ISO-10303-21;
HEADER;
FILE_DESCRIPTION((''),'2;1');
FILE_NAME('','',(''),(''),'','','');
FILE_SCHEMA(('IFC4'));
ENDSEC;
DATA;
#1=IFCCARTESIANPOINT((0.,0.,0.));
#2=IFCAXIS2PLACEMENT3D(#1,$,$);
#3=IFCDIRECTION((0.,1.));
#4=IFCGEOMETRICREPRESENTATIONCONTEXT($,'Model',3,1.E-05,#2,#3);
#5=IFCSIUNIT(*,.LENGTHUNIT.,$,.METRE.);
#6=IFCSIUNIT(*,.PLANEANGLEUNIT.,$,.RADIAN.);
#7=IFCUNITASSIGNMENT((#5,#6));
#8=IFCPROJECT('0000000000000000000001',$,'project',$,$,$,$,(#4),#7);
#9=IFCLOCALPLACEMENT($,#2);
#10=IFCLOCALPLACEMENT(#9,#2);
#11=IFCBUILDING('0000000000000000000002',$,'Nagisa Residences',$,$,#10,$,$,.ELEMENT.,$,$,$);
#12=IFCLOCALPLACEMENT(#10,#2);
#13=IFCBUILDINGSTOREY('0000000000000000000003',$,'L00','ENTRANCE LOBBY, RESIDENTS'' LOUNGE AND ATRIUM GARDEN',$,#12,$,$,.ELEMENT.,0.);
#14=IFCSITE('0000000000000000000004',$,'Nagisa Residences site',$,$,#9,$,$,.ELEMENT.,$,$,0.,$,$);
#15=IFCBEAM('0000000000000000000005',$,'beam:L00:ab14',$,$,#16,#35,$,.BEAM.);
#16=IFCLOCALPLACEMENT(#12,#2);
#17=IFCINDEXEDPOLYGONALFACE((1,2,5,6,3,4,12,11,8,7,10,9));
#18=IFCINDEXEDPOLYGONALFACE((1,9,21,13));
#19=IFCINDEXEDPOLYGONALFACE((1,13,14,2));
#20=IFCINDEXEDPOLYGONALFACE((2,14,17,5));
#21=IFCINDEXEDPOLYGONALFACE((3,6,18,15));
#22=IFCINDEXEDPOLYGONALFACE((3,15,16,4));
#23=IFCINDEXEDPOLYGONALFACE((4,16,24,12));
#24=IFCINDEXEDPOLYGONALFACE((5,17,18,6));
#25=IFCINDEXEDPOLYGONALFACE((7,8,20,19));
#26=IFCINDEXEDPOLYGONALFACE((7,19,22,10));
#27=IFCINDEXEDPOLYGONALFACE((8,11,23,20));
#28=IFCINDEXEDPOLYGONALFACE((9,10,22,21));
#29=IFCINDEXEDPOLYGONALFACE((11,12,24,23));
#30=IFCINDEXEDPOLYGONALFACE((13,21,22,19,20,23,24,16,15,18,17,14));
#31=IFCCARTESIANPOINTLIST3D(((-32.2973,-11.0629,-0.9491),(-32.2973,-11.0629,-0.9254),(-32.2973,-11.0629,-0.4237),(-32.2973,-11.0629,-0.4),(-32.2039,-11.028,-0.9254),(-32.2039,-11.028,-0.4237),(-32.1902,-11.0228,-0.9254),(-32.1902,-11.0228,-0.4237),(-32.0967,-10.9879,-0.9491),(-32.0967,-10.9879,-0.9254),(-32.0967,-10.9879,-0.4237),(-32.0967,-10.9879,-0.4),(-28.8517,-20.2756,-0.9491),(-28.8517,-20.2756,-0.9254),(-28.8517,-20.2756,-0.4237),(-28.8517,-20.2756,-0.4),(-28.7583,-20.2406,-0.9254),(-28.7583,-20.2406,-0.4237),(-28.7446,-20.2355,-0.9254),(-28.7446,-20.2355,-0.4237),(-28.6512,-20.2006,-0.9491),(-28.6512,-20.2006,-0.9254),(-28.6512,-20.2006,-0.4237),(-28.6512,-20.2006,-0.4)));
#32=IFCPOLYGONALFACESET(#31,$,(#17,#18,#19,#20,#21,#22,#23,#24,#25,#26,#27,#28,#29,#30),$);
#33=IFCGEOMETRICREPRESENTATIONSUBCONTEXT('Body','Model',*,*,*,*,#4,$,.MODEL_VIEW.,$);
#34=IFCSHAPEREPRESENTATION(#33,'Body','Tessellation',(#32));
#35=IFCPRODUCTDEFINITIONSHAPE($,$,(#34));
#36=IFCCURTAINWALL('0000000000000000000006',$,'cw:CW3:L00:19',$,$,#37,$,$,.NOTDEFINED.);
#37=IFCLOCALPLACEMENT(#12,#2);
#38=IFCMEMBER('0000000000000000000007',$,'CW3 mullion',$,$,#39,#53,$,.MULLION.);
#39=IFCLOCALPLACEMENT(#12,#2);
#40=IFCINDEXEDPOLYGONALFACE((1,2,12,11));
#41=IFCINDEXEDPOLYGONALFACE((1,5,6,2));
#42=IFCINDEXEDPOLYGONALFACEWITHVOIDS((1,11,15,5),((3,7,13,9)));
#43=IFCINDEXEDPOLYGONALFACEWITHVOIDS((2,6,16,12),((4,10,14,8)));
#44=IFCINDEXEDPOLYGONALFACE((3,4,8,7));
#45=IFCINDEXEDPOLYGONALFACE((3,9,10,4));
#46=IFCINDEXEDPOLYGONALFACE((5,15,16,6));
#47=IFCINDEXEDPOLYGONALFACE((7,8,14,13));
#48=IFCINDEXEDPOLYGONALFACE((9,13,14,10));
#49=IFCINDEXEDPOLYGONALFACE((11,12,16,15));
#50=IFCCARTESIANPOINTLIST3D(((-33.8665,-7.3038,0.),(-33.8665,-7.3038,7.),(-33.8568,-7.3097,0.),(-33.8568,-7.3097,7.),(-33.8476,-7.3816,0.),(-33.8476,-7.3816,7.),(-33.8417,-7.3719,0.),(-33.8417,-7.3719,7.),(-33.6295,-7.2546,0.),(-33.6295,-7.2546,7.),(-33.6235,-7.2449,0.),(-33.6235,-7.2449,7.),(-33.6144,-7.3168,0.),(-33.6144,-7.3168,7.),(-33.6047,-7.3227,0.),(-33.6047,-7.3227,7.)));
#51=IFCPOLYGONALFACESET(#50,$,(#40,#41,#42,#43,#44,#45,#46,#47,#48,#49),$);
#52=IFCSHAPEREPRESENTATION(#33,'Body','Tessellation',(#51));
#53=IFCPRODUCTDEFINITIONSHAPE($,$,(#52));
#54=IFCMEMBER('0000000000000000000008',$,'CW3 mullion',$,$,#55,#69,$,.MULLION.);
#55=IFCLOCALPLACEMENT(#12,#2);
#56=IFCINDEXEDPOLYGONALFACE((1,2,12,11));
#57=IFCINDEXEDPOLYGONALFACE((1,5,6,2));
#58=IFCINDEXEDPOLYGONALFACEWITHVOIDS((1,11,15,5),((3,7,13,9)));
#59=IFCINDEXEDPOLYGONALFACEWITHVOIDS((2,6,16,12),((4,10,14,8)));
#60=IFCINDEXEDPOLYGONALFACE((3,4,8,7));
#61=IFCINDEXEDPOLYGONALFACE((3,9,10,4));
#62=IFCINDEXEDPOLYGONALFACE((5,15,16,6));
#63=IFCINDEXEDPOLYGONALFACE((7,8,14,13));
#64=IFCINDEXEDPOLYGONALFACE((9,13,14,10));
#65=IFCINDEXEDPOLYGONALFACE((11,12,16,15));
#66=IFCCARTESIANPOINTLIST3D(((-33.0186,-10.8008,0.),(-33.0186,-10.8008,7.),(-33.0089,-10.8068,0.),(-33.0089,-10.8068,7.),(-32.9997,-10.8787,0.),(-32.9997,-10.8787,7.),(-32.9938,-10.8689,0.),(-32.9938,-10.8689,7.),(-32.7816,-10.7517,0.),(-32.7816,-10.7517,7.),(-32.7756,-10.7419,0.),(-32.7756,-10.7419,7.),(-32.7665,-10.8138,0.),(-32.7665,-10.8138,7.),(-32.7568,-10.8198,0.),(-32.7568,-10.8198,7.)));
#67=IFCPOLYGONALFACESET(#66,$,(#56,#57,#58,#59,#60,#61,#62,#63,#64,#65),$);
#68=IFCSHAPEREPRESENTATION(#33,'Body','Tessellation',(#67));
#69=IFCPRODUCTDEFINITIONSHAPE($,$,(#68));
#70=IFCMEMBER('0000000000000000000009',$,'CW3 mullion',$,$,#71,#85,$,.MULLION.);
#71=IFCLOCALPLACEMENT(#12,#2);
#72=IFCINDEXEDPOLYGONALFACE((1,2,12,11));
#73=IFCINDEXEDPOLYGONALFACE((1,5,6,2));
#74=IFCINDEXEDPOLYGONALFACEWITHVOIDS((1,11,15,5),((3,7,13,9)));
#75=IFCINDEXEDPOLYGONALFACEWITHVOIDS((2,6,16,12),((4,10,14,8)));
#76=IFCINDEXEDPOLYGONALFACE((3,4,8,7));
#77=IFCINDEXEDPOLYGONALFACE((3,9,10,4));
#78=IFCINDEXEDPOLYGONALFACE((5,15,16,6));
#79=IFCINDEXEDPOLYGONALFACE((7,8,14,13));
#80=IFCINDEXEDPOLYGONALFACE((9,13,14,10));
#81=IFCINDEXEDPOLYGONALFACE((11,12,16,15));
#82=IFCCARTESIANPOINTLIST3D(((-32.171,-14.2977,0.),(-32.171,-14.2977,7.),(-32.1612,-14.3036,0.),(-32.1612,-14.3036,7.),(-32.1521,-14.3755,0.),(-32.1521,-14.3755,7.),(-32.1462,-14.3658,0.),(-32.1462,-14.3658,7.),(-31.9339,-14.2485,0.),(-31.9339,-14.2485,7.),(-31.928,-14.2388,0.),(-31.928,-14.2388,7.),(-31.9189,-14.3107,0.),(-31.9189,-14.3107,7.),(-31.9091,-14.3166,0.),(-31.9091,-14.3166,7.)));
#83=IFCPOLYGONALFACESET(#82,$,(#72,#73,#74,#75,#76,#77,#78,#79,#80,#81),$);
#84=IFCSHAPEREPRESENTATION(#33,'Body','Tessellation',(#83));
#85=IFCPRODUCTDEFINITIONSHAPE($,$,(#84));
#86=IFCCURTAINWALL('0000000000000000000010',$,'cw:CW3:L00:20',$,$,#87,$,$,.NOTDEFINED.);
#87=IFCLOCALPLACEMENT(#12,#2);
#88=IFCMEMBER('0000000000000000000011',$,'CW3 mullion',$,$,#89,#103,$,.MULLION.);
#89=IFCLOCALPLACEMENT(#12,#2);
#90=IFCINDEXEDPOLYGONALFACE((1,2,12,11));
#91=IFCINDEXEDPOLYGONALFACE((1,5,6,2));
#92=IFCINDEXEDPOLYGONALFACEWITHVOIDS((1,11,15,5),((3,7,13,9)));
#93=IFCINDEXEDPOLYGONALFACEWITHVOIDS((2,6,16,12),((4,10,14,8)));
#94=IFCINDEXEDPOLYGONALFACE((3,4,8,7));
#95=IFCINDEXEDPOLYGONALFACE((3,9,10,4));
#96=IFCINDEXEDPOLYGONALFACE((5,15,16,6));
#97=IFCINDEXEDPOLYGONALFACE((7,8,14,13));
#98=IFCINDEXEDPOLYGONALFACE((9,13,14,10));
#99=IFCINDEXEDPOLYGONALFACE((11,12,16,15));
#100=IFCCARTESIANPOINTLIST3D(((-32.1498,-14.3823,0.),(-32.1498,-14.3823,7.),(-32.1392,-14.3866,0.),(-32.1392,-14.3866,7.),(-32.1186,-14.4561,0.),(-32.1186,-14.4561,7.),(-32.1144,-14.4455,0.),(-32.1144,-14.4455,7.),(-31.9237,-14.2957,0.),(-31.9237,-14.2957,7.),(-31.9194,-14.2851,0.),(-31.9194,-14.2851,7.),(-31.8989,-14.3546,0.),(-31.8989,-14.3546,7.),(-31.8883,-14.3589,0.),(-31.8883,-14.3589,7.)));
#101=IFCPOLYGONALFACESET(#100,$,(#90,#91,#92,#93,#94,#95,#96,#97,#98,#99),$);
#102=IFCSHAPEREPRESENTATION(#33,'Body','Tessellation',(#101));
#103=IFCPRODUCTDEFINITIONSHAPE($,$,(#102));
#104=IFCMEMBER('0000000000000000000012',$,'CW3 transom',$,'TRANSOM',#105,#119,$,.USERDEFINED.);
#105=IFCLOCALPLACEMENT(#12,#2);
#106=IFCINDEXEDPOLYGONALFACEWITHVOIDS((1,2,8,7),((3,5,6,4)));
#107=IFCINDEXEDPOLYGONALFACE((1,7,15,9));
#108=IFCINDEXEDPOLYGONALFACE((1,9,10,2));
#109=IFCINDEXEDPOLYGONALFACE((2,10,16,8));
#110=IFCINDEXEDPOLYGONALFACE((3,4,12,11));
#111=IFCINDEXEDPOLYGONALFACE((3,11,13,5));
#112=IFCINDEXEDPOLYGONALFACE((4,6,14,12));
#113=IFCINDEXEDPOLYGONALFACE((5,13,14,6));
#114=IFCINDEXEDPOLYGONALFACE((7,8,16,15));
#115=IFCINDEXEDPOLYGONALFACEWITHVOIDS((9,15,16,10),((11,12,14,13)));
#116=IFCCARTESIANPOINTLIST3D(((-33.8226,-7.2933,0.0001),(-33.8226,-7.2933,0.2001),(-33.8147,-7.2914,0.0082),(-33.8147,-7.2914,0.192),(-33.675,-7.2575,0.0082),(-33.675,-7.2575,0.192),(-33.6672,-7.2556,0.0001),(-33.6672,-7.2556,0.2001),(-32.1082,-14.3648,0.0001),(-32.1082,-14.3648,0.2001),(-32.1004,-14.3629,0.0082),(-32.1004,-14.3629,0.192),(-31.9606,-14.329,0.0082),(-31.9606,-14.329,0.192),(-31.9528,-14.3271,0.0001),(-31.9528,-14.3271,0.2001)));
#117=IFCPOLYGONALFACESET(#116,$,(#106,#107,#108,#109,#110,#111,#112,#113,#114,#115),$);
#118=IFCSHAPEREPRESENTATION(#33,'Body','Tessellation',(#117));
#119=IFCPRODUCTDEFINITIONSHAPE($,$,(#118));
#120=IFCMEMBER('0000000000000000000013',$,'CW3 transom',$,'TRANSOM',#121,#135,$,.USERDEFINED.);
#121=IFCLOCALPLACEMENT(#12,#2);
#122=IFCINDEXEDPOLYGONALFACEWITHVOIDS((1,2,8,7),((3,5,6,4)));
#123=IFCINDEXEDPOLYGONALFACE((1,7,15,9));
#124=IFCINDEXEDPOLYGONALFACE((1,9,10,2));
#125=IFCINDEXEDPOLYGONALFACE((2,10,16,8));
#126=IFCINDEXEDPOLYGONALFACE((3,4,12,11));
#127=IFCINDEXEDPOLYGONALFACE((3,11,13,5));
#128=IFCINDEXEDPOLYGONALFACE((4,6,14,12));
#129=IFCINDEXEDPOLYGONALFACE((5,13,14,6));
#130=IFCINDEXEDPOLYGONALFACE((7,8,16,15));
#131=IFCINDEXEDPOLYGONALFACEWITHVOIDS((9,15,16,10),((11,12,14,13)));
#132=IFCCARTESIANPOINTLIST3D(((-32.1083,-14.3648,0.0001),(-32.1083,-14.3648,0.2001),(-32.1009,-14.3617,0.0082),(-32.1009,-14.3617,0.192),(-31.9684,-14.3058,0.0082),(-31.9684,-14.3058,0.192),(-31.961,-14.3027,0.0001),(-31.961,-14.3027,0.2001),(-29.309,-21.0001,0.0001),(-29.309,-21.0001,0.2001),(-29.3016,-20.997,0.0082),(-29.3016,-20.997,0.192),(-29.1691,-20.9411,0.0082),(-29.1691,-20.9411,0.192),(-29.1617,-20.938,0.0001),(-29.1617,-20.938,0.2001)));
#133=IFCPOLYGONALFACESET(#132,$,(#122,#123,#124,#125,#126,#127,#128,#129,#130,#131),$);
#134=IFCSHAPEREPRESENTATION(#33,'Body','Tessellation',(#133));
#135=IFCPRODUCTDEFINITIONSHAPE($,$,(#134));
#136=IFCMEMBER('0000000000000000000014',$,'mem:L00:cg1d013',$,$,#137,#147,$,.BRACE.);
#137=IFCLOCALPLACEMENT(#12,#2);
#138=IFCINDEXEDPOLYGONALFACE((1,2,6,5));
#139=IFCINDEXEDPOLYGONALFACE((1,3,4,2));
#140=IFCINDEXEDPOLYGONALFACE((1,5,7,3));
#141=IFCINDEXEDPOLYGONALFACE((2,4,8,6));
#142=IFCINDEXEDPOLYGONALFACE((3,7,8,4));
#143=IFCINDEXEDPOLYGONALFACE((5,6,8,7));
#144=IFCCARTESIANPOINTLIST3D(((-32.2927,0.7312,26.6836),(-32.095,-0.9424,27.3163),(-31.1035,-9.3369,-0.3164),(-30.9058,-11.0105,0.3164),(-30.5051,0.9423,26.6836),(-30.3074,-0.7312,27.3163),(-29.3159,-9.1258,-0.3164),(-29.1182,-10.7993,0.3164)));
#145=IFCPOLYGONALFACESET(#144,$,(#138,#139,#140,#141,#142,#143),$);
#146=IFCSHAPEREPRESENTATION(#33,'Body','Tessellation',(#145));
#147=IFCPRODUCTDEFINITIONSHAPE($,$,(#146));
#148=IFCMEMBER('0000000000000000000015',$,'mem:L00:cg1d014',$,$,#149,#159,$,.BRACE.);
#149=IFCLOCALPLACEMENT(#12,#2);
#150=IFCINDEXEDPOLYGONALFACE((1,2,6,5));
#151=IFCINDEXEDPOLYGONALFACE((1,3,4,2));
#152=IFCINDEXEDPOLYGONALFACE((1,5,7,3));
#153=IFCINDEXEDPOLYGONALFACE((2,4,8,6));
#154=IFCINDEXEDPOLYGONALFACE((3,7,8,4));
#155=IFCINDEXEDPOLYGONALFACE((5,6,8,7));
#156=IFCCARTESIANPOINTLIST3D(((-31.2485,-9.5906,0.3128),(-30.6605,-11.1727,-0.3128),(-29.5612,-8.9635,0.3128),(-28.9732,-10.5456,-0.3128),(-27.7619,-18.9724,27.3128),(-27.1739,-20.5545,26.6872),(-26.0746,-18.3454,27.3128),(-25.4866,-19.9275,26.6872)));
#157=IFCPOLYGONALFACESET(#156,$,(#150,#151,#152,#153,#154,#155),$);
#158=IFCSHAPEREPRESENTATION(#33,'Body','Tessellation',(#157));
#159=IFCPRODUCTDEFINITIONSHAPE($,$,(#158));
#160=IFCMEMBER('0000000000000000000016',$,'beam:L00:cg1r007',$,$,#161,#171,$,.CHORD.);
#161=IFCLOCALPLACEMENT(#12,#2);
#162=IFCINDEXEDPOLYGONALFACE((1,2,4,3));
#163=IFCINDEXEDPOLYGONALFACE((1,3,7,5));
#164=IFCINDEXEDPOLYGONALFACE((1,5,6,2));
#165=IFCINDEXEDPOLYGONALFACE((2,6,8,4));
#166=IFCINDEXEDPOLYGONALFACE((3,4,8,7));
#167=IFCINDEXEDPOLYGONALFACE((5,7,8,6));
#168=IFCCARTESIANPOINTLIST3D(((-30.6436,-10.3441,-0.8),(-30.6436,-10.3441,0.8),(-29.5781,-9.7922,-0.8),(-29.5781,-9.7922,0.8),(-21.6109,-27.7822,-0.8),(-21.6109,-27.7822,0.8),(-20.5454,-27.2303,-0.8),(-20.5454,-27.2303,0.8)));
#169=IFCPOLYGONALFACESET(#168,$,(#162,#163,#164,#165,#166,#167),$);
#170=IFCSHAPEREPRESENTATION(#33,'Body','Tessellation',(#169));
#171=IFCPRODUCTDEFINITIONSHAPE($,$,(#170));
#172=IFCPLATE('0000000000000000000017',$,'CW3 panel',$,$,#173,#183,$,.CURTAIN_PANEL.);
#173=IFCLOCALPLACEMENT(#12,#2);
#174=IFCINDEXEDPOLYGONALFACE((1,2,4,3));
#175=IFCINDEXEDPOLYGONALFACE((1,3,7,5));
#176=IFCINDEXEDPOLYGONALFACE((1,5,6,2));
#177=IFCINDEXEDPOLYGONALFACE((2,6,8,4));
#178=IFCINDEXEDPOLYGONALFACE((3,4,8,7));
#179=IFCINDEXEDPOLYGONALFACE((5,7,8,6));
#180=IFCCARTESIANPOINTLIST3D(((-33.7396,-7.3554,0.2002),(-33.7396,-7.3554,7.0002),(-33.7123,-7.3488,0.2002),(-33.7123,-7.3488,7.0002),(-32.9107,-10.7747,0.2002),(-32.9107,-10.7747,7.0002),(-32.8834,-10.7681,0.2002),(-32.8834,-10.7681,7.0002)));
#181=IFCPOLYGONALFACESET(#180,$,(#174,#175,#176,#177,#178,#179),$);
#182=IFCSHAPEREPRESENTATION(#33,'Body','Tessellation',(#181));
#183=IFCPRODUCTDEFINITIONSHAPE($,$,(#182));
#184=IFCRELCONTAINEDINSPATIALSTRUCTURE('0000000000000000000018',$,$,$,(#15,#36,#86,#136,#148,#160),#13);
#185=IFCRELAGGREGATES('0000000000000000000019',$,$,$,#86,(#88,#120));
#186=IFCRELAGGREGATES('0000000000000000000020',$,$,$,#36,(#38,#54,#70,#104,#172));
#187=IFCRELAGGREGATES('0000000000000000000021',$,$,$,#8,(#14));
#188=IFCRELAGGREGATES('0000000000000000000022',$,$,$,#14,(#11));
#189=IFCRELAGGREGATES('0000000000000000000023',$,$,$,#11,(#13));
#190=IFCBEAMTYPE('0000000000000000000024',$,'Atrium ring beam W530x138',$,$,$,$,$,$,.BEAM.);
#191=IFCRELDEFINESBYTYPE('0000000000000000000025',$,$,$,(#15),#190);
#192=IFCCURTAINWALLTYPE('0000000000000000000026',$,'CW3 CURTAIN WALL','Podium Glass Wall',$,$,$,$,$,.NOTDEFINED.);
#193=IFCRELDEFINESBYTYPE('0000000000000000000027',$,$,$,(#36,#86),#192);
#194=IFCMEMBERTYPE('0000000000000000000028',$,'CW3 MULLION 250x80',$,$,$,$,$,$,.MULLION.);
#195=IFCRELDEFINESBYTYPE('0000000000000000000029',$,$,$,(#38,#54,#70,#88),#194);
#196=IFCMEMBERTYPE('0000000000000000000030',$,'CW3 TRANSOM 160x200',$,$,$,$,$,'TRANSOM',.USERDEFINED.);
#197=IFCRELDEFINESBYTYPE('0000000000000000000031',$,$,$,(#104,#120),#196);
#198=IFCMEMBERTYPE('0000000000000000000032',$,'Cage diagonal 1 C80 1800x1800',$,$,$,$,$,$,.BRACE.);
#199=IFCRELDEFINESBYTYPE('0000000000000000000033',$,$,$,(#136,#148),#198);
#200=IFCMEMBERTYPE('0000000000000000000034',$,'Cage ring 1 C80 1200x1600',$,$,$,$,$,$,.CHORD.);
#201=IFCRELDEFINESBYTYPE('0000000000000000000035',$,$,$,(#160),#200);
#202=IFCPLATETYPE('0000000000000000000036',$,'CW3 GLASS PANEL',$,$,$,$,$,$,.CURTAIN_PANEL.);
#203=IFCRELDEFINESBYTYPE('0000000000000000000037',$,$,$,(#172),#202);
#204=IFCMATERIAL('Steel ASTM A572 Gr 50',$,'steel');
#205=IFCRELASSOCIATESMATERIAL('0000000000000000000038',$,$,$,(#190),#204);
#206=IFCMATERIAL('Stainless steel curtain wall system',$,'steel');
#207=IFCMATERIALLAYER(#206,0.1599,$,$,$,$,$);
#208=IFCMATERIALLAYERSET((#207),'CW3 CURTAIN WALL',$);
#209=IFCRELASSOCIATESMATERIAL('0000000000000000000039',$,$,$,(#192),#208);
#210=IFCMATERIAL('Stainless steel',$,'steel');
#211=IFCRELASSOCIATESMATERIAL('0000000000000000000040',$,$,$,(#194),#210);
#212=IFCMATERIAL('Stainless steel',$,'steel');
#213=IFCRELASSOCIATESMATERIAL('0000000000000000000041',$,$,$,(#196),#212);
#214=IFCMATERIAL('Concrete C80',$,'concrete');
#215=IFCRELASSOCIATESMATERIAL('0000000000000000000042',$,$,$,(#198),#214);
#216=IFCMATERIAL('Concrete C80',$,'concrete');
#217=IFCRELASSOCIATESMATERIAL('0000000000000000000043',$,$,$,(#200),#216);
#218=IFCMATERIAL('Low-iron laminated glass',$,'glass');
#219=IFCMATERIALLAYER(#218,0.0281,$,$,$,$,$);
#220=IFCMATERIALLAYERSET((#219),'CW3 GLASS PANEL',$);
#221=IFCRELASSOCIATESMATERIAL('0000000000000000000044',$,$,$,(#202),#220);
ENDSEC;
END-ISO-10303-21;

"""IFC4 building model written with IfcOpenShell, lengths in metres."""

from ifc_helpers import new_model, si_unit, direction, frame, origin, origin_2d, place, context, subcontext, project, spatial, rectangle, hollow_rectangle, i_section, extrude, material, layer, layer_set, material_profile, profile_set, type_object, element, aggregate, save


model = new_model("IFC4")

# Units and contexts
model_context = context("Model", 3, precision=1e-05, world=origin(), true_north=direction((0.0, 1.0)))
body_context = subcontext(model_context, "Body", "Model", "MODEL_VIEW")
ifc_project = project(units=[si_unit("LENGTHUNIT", "METRE"), si_unit("PLANEANGLEUNIT", "RADIAN")], contexts=[model_context])

# Site, building, storey
site_placement = place(None, origin())
site = spatial("IfcSite", under=ifc_project, at=site_placement, Name="Nagisa Residences site", CompositionType="ELEMENT", RefElevation=0.0)
building_placement = place(site_placement, origin())
building = spatial("IfcBuilding", under=site, at=building_placement, Name="Nagisa Residences", CompositionType="ELEMENT")
storey_placement = place(building_placement, origin())
storey = spatial("IfcBuildingStorey", under=building, at=storey_placement, Name="L00", Description="ENTRANCE LOBBY, RESIDENTS' LOUNGE AND ATRIUM GARDEN", CompositionType="ELEMENT", Elevation=0.0)

# Beam
ifc_material_1 = material(Name="Steel ASTM A572 Gr 50", Category="steel")
ifc_material_profile_1 = material_profile(ifc_material_1, i_section(OverallWidth=0.2141, OverallDepth=0.5491, WebThickness=0.0146, FlangeThickness=0.0237, at=origin_2d()), Name="W530x138")
ifc_profile_set_1 = profile_set([ifc_material_profile_1], Name="Steel ASTM A572 Gr 50")
beam_type_1 = type_object("IfcBeamType", Name="Atrium ring beam W530x138", PredefinedType="BEAM", material=ifc_profile_set_1)
beam_1_placement = place(storey_placement, frame((-32.197, -11.0254, -0.6746), z_axis=(0.350305, -0.936636, 0.0), x_axis=(0.936636, 0.350305, 0.0)))
element("IfcBeam", 1, at=beam_1_placement, inside=storey, type_object=beam_type_1, Name="beam:L00:ab14", PredefinedType="BEAM", context=body_context, shape_type="SweptSolid", body=[
    extrude(i_section(OverallWidth=0.2141, OverallDepth=0.5491, WebThickness=0.0146, FlangeThickness=0.0237, at=origin_2d()), origin(), (0.0, 0.0, 1.0), 9.8359),
])

# Curtain wall, members
ifc_material_2 = material(Name="Stainless steel curtain wall system", Category="steel")
ifc_layer_1 = layer(ifc_material_2, 0.1599)
ifc_layer_set_1 = layer_set([ifc_layer_1], Name="CW3 CURTAIN WALL")
curtain_wall_type = type_object("IfcCurtainWallType", Name="CW3 CURTAIN WALL", Description="Podium Glass Wall", PredefinedType="NOTDEFINED", material=ifc_layer_set_1)
curtain_wall_1_placement = place(storey_placement, origin())
curtain_wall_1 = element("IfcCurtainWall", 2, at=curtain_wall_1_placement, inside=storey, type_object=curtain_wall_type, Name="cw:CW3:L00:19", PredefinedType="NOTDEFINED")
ifc_material_3 = material(Name="Stainless steel", Category="steel")
ifc_material_profile_2 = material_profile(ifc_material_3, hollow_rectangle(XDim=0.25, YDim=0.0801, WallThickness=0.0081, at=origin_2d()), Name="CW3 MULLION 250x80")
ifc_profile_set_2 = profile_set([ifc_material_profile_2], Name="Stainless steel")
member_type_1 = type_object("IfcMemberType", Name="CW3 MULLION 250x80", PredefinedType="MULLION", material=ifc_profile_set_2)
member_1_placement = place(storey_placement, frame((-33.7356, -7.3132, 0.0), z_axis=(0.0, 0.0, 1.0), x_axis=(0.971849, 0.235606, 0.0)))
member_1 = element("IfcMember", 3, at=member_1_placement, type_object=member_type_1, Name="CW3 mullion", PredefinedType="MULLION", context=body_context, shape_type="SweptSolid", body=[
    extrude(hollow_rectangle(XDim=0.25, YDim=0.0801, WallThickness=0.0081, at=origin_2d()), origin(), (0.0, 0.0, 1.0), 7.0),
])
member_2_placement = place(storey_placement, frame((-32.8877, -10.8103, 0.0), z_axis=(0.0, 0.0, 1.0), x_axis=(0.971849, 0.235606, 0.0)))
member_2 = element("IfcMember", 4, at=member_2_placement, type_object=member_type_1, Name="CW3 mullion", PredefinedType="MULLION", context=body_context, shape_type="SweptSolid", body=[
    extrude(hollow_rectangle(XDim=0.25, YDim=0.0801, WallThickness=0.0081, at=origin_2d()), origin(), (0.0, 0.0, 1.0), 7.0),
])
member_3_placement = place(storey_placement, frame((-32.04, -14.3071, 0.0), z_axis=(0.0, 0.0, 1.0), x_axis=(0.971849, 0.235606, 0.0)))
member_3 = element("IfcMember", 5, at=member_3_placement, type_object=member_type_1, Name="CW3 mullion", PredefinedType="MULLION", context=body_context, shape_type="SweptSolid", body=[
    extrude(hollow_rectangle(XDim=0.25, YDim=0.0801, WallThickness=0.0081, at=origin_2d()), origin(), (0.0, 0.0, 1.0), 7.0),
])

# Curtain wall, member
curtain_wall_2_placement = place(storey_placement, origin())
curtain_wall_2 = element("IfcCurtainWall", 6, at=curtain_wall_2_placement, inside=storey, type_object=curtain_wall_type, Name="cw:CW3:L00:20", PredefinedType="NOTDEFINED")
member_4_placement = place(storey_placement, frame((-32.019, -14.3706, 0.0), z_axis=(0.0, 0.0, 1.0), x_axis=(0.921357, 0.388718, 0.0)))
member_4 = element("IfcMember", 7, at=member_4_placement, type_object=member_type_1, Name="CW3 mullion", PredefinedType="MULLION", context=body_context, shape_type="SweptSolid", body=[
    extrude(hollow_rectangle(XDim=0.25, YDim=0.0801, WallThickness=0.0081, at=origin_2d()), origin(), (0.0, 0.0, 1.0), 7.0),
])

# Members
ifc_material_4 = material(Name="Stainless steel", Category="steel")
ifc_material_profile_3 = material_profile(ifc_material_4, hollow_rectangle(XDim=0.1599, YDim=0.2, WallThickness=0.0081, at=origin_2d()), Name="CW3 TRANSOM 160x200")
ifc_profile_set_3 = profile_set([ifc_material_profile_3], Name="Stainless steel")
member_type_2 = type_object("IfcMemberType", Name="CW3 TRANSOM 160x200", ElementType="TRANSOM", PredefinedType="USERDEFINED", material=ifc_profile_set_3)
member_5_placement = place(storey_placement, frame((-33.7449, -7.2744, 0.1001), z_axis=(0.235606, -0.971849, 0.0), x_axis=(0.971849, 0.235606, 0.0)))
member_5 = element("IfcMember", 8, at=member_5_placement, type_object=member_type_2, Name="CW3 transom", ObjectType="TRANSOM", PredefinedType="USERDEFINED", context=body_context, shape_type="SweptSolid", body=[
    extrude(hollow_rectangle(XDim=0.1599, YDim=0.2, WallThickness=0.0081, at=origin_2d()), origin(), (0.0, 0.0, 1.0), 7.2764),
])
member_6_placement = place(storey_placement, frame((-32.0347, -14.3337, 0.1001), z_axis=(0.388709, -0.921361, 0.0), x_axis=(0.921361, 0.388709, 0.0)))
member_6 = element("IfcMember", 9, at=member_6_placement, type_object=member_type_2, Name="CW3 transom", ObjectType="TRANSOM", PredefinedType="USERDEFINED", context=body_context, shape_type="SweptSolid", body=[
    extrude(hollow_rectangle(XDim=0.1599, YDim=0.2, WallThickness=0.0081, at=origin_2d()), origin(), (0.0, 0.0, 1.0), 7.2017),
])
aggregate(curtain_wall_2, [member_4, member_6])

# Members
ifc_material_5 = material(Name="Concrete C80", Category="concrete")
ifc_material_profile_4 = material_profile(ifc_material_5, rectangle(XDim=1.8, YDim=1.8, at=origin_2d()), Name="C80 1800x1800")
ifc_profile_set_4 = profile_set([ifc_material_profile_4], Name="Concrete C80")
member_type_3 = type_object("IfcMemberType", Name="Cage diagonal 1 C80 1800x1800", PredefinedType="BRACE", material=ifc_profile_set_4)
member_7_placement = place(storey_placement, frame((-30.1108, -10.0681, 0.0), z_axis=(-0.041234, 0.349095, 0.93618), x_axis=(-0.993096, -0.117301, 0.0)))
element("IfcMember", 10, at=member_7_placement, inside=storey, type_object=member_type_3, Name="mem:L00:cg1d013", PredefinedType="BRACE", context=body_context, shape_type="SweptSolid", body=[
    extrude(rectangle(XDim=1.8, YDim=1.8, at=origin_2d()), origin(), (0.0, 0.0, 1.0), 28.8406),
])
member_8_placement = place(storey_placement, frame((-30.1108, -10.0681, 0.0), z_axis=(0.121081, -0.32581, 0.93765), x_axis=(0.937364, 0.348352, 0.0)))
element("IfcMember", 11, at=member_8_placement, inside=storey, type_object=member_type_3, Name="mem:L00:cg1d014", PredefinedType="BRACE", context=body_context, shape_type="SweptSolid", body=[
    extrude(rectangle(XDim=1.8, YDim=1.8, at=origin_2d()), origin(), (0.0, 0.0, 1.0), 28.7954),
])
ifc_material_6 = material(Name="Concrete C80", Category="concrete")
ifc_material_profile_5 = material_profile(ifc_material_6, rectangle(XDim=1.2, YDim=1.6001, at=origin_2d()), Name="C80 1200x1600")
ifc_profile_set_5 = profile_set([ifc_material_profile_5], Name="Concrete C80")
member_type_4 = type_object("IfcMemberType", Name="Cage ring 1 C80 1200x1600", PredefinedType="CHORD", material=ifc_profile_set_5)
member_9_placement = place(storey_placement, frame((-30.1108, -10.0681, 0.0), z_axis=(0.459943, -0.887949, 0.0), x_axis=(0.887949, 0.459943, 0.0)))
element("IfcMember", 12, at=member_9_placement, inside=storey, type_object=member_type_4, Name="beam:L00:cg1r007", PredefinedType="CHORD", context=body_context, shape_type="SweptSolid", body=[
    extrude(rectangle(XDim=1.2, YDim=1.6001, at=origin_2d()), origin(), (0.0, 0.0, 1.0), 19.6387),
])

# Plate
ifc_material_7 = material(Name="Low-iron laminated glass", Category="glass")
ifc_layer_2 = layer(ifc_material_7, 0.0281)
ifc_layer_set_2 = layer_set([ifc_layer_2], Name="CW3 GLASS PANEL")
plate_type = type_object("IfcPlateType", Name="CW3 GLASS PANEL", PredefinedType="CURTAIN_PANEL", material=ifc_layer_set_2)
plate_1_placement = place(storey_placement, frame((-33.3115, -9.0618, 0.2002), z_axis=(0.0, 0.0, 1.0), x_axis=(0.235606, -0.971849, 0.0)))
plate_1 = element("IfcPlate", 13, at=plate_1_placement, type_object=plate_type, Name="CW3 panel", PredefinedType="CURTAIN_PANEL", context=body_context, shape_type="SweptSolid", body=[
    extrude(rectangle(XDim=3.5183, YDim=0.0281, at=origin_2d()), origin(), (0.0, 0.0, 1.0), 6.8),
])
aggregate(curtain_wall_1, [member_1, member_2, member_3, member_5, plate_1])

save(model, "model.ifc")
